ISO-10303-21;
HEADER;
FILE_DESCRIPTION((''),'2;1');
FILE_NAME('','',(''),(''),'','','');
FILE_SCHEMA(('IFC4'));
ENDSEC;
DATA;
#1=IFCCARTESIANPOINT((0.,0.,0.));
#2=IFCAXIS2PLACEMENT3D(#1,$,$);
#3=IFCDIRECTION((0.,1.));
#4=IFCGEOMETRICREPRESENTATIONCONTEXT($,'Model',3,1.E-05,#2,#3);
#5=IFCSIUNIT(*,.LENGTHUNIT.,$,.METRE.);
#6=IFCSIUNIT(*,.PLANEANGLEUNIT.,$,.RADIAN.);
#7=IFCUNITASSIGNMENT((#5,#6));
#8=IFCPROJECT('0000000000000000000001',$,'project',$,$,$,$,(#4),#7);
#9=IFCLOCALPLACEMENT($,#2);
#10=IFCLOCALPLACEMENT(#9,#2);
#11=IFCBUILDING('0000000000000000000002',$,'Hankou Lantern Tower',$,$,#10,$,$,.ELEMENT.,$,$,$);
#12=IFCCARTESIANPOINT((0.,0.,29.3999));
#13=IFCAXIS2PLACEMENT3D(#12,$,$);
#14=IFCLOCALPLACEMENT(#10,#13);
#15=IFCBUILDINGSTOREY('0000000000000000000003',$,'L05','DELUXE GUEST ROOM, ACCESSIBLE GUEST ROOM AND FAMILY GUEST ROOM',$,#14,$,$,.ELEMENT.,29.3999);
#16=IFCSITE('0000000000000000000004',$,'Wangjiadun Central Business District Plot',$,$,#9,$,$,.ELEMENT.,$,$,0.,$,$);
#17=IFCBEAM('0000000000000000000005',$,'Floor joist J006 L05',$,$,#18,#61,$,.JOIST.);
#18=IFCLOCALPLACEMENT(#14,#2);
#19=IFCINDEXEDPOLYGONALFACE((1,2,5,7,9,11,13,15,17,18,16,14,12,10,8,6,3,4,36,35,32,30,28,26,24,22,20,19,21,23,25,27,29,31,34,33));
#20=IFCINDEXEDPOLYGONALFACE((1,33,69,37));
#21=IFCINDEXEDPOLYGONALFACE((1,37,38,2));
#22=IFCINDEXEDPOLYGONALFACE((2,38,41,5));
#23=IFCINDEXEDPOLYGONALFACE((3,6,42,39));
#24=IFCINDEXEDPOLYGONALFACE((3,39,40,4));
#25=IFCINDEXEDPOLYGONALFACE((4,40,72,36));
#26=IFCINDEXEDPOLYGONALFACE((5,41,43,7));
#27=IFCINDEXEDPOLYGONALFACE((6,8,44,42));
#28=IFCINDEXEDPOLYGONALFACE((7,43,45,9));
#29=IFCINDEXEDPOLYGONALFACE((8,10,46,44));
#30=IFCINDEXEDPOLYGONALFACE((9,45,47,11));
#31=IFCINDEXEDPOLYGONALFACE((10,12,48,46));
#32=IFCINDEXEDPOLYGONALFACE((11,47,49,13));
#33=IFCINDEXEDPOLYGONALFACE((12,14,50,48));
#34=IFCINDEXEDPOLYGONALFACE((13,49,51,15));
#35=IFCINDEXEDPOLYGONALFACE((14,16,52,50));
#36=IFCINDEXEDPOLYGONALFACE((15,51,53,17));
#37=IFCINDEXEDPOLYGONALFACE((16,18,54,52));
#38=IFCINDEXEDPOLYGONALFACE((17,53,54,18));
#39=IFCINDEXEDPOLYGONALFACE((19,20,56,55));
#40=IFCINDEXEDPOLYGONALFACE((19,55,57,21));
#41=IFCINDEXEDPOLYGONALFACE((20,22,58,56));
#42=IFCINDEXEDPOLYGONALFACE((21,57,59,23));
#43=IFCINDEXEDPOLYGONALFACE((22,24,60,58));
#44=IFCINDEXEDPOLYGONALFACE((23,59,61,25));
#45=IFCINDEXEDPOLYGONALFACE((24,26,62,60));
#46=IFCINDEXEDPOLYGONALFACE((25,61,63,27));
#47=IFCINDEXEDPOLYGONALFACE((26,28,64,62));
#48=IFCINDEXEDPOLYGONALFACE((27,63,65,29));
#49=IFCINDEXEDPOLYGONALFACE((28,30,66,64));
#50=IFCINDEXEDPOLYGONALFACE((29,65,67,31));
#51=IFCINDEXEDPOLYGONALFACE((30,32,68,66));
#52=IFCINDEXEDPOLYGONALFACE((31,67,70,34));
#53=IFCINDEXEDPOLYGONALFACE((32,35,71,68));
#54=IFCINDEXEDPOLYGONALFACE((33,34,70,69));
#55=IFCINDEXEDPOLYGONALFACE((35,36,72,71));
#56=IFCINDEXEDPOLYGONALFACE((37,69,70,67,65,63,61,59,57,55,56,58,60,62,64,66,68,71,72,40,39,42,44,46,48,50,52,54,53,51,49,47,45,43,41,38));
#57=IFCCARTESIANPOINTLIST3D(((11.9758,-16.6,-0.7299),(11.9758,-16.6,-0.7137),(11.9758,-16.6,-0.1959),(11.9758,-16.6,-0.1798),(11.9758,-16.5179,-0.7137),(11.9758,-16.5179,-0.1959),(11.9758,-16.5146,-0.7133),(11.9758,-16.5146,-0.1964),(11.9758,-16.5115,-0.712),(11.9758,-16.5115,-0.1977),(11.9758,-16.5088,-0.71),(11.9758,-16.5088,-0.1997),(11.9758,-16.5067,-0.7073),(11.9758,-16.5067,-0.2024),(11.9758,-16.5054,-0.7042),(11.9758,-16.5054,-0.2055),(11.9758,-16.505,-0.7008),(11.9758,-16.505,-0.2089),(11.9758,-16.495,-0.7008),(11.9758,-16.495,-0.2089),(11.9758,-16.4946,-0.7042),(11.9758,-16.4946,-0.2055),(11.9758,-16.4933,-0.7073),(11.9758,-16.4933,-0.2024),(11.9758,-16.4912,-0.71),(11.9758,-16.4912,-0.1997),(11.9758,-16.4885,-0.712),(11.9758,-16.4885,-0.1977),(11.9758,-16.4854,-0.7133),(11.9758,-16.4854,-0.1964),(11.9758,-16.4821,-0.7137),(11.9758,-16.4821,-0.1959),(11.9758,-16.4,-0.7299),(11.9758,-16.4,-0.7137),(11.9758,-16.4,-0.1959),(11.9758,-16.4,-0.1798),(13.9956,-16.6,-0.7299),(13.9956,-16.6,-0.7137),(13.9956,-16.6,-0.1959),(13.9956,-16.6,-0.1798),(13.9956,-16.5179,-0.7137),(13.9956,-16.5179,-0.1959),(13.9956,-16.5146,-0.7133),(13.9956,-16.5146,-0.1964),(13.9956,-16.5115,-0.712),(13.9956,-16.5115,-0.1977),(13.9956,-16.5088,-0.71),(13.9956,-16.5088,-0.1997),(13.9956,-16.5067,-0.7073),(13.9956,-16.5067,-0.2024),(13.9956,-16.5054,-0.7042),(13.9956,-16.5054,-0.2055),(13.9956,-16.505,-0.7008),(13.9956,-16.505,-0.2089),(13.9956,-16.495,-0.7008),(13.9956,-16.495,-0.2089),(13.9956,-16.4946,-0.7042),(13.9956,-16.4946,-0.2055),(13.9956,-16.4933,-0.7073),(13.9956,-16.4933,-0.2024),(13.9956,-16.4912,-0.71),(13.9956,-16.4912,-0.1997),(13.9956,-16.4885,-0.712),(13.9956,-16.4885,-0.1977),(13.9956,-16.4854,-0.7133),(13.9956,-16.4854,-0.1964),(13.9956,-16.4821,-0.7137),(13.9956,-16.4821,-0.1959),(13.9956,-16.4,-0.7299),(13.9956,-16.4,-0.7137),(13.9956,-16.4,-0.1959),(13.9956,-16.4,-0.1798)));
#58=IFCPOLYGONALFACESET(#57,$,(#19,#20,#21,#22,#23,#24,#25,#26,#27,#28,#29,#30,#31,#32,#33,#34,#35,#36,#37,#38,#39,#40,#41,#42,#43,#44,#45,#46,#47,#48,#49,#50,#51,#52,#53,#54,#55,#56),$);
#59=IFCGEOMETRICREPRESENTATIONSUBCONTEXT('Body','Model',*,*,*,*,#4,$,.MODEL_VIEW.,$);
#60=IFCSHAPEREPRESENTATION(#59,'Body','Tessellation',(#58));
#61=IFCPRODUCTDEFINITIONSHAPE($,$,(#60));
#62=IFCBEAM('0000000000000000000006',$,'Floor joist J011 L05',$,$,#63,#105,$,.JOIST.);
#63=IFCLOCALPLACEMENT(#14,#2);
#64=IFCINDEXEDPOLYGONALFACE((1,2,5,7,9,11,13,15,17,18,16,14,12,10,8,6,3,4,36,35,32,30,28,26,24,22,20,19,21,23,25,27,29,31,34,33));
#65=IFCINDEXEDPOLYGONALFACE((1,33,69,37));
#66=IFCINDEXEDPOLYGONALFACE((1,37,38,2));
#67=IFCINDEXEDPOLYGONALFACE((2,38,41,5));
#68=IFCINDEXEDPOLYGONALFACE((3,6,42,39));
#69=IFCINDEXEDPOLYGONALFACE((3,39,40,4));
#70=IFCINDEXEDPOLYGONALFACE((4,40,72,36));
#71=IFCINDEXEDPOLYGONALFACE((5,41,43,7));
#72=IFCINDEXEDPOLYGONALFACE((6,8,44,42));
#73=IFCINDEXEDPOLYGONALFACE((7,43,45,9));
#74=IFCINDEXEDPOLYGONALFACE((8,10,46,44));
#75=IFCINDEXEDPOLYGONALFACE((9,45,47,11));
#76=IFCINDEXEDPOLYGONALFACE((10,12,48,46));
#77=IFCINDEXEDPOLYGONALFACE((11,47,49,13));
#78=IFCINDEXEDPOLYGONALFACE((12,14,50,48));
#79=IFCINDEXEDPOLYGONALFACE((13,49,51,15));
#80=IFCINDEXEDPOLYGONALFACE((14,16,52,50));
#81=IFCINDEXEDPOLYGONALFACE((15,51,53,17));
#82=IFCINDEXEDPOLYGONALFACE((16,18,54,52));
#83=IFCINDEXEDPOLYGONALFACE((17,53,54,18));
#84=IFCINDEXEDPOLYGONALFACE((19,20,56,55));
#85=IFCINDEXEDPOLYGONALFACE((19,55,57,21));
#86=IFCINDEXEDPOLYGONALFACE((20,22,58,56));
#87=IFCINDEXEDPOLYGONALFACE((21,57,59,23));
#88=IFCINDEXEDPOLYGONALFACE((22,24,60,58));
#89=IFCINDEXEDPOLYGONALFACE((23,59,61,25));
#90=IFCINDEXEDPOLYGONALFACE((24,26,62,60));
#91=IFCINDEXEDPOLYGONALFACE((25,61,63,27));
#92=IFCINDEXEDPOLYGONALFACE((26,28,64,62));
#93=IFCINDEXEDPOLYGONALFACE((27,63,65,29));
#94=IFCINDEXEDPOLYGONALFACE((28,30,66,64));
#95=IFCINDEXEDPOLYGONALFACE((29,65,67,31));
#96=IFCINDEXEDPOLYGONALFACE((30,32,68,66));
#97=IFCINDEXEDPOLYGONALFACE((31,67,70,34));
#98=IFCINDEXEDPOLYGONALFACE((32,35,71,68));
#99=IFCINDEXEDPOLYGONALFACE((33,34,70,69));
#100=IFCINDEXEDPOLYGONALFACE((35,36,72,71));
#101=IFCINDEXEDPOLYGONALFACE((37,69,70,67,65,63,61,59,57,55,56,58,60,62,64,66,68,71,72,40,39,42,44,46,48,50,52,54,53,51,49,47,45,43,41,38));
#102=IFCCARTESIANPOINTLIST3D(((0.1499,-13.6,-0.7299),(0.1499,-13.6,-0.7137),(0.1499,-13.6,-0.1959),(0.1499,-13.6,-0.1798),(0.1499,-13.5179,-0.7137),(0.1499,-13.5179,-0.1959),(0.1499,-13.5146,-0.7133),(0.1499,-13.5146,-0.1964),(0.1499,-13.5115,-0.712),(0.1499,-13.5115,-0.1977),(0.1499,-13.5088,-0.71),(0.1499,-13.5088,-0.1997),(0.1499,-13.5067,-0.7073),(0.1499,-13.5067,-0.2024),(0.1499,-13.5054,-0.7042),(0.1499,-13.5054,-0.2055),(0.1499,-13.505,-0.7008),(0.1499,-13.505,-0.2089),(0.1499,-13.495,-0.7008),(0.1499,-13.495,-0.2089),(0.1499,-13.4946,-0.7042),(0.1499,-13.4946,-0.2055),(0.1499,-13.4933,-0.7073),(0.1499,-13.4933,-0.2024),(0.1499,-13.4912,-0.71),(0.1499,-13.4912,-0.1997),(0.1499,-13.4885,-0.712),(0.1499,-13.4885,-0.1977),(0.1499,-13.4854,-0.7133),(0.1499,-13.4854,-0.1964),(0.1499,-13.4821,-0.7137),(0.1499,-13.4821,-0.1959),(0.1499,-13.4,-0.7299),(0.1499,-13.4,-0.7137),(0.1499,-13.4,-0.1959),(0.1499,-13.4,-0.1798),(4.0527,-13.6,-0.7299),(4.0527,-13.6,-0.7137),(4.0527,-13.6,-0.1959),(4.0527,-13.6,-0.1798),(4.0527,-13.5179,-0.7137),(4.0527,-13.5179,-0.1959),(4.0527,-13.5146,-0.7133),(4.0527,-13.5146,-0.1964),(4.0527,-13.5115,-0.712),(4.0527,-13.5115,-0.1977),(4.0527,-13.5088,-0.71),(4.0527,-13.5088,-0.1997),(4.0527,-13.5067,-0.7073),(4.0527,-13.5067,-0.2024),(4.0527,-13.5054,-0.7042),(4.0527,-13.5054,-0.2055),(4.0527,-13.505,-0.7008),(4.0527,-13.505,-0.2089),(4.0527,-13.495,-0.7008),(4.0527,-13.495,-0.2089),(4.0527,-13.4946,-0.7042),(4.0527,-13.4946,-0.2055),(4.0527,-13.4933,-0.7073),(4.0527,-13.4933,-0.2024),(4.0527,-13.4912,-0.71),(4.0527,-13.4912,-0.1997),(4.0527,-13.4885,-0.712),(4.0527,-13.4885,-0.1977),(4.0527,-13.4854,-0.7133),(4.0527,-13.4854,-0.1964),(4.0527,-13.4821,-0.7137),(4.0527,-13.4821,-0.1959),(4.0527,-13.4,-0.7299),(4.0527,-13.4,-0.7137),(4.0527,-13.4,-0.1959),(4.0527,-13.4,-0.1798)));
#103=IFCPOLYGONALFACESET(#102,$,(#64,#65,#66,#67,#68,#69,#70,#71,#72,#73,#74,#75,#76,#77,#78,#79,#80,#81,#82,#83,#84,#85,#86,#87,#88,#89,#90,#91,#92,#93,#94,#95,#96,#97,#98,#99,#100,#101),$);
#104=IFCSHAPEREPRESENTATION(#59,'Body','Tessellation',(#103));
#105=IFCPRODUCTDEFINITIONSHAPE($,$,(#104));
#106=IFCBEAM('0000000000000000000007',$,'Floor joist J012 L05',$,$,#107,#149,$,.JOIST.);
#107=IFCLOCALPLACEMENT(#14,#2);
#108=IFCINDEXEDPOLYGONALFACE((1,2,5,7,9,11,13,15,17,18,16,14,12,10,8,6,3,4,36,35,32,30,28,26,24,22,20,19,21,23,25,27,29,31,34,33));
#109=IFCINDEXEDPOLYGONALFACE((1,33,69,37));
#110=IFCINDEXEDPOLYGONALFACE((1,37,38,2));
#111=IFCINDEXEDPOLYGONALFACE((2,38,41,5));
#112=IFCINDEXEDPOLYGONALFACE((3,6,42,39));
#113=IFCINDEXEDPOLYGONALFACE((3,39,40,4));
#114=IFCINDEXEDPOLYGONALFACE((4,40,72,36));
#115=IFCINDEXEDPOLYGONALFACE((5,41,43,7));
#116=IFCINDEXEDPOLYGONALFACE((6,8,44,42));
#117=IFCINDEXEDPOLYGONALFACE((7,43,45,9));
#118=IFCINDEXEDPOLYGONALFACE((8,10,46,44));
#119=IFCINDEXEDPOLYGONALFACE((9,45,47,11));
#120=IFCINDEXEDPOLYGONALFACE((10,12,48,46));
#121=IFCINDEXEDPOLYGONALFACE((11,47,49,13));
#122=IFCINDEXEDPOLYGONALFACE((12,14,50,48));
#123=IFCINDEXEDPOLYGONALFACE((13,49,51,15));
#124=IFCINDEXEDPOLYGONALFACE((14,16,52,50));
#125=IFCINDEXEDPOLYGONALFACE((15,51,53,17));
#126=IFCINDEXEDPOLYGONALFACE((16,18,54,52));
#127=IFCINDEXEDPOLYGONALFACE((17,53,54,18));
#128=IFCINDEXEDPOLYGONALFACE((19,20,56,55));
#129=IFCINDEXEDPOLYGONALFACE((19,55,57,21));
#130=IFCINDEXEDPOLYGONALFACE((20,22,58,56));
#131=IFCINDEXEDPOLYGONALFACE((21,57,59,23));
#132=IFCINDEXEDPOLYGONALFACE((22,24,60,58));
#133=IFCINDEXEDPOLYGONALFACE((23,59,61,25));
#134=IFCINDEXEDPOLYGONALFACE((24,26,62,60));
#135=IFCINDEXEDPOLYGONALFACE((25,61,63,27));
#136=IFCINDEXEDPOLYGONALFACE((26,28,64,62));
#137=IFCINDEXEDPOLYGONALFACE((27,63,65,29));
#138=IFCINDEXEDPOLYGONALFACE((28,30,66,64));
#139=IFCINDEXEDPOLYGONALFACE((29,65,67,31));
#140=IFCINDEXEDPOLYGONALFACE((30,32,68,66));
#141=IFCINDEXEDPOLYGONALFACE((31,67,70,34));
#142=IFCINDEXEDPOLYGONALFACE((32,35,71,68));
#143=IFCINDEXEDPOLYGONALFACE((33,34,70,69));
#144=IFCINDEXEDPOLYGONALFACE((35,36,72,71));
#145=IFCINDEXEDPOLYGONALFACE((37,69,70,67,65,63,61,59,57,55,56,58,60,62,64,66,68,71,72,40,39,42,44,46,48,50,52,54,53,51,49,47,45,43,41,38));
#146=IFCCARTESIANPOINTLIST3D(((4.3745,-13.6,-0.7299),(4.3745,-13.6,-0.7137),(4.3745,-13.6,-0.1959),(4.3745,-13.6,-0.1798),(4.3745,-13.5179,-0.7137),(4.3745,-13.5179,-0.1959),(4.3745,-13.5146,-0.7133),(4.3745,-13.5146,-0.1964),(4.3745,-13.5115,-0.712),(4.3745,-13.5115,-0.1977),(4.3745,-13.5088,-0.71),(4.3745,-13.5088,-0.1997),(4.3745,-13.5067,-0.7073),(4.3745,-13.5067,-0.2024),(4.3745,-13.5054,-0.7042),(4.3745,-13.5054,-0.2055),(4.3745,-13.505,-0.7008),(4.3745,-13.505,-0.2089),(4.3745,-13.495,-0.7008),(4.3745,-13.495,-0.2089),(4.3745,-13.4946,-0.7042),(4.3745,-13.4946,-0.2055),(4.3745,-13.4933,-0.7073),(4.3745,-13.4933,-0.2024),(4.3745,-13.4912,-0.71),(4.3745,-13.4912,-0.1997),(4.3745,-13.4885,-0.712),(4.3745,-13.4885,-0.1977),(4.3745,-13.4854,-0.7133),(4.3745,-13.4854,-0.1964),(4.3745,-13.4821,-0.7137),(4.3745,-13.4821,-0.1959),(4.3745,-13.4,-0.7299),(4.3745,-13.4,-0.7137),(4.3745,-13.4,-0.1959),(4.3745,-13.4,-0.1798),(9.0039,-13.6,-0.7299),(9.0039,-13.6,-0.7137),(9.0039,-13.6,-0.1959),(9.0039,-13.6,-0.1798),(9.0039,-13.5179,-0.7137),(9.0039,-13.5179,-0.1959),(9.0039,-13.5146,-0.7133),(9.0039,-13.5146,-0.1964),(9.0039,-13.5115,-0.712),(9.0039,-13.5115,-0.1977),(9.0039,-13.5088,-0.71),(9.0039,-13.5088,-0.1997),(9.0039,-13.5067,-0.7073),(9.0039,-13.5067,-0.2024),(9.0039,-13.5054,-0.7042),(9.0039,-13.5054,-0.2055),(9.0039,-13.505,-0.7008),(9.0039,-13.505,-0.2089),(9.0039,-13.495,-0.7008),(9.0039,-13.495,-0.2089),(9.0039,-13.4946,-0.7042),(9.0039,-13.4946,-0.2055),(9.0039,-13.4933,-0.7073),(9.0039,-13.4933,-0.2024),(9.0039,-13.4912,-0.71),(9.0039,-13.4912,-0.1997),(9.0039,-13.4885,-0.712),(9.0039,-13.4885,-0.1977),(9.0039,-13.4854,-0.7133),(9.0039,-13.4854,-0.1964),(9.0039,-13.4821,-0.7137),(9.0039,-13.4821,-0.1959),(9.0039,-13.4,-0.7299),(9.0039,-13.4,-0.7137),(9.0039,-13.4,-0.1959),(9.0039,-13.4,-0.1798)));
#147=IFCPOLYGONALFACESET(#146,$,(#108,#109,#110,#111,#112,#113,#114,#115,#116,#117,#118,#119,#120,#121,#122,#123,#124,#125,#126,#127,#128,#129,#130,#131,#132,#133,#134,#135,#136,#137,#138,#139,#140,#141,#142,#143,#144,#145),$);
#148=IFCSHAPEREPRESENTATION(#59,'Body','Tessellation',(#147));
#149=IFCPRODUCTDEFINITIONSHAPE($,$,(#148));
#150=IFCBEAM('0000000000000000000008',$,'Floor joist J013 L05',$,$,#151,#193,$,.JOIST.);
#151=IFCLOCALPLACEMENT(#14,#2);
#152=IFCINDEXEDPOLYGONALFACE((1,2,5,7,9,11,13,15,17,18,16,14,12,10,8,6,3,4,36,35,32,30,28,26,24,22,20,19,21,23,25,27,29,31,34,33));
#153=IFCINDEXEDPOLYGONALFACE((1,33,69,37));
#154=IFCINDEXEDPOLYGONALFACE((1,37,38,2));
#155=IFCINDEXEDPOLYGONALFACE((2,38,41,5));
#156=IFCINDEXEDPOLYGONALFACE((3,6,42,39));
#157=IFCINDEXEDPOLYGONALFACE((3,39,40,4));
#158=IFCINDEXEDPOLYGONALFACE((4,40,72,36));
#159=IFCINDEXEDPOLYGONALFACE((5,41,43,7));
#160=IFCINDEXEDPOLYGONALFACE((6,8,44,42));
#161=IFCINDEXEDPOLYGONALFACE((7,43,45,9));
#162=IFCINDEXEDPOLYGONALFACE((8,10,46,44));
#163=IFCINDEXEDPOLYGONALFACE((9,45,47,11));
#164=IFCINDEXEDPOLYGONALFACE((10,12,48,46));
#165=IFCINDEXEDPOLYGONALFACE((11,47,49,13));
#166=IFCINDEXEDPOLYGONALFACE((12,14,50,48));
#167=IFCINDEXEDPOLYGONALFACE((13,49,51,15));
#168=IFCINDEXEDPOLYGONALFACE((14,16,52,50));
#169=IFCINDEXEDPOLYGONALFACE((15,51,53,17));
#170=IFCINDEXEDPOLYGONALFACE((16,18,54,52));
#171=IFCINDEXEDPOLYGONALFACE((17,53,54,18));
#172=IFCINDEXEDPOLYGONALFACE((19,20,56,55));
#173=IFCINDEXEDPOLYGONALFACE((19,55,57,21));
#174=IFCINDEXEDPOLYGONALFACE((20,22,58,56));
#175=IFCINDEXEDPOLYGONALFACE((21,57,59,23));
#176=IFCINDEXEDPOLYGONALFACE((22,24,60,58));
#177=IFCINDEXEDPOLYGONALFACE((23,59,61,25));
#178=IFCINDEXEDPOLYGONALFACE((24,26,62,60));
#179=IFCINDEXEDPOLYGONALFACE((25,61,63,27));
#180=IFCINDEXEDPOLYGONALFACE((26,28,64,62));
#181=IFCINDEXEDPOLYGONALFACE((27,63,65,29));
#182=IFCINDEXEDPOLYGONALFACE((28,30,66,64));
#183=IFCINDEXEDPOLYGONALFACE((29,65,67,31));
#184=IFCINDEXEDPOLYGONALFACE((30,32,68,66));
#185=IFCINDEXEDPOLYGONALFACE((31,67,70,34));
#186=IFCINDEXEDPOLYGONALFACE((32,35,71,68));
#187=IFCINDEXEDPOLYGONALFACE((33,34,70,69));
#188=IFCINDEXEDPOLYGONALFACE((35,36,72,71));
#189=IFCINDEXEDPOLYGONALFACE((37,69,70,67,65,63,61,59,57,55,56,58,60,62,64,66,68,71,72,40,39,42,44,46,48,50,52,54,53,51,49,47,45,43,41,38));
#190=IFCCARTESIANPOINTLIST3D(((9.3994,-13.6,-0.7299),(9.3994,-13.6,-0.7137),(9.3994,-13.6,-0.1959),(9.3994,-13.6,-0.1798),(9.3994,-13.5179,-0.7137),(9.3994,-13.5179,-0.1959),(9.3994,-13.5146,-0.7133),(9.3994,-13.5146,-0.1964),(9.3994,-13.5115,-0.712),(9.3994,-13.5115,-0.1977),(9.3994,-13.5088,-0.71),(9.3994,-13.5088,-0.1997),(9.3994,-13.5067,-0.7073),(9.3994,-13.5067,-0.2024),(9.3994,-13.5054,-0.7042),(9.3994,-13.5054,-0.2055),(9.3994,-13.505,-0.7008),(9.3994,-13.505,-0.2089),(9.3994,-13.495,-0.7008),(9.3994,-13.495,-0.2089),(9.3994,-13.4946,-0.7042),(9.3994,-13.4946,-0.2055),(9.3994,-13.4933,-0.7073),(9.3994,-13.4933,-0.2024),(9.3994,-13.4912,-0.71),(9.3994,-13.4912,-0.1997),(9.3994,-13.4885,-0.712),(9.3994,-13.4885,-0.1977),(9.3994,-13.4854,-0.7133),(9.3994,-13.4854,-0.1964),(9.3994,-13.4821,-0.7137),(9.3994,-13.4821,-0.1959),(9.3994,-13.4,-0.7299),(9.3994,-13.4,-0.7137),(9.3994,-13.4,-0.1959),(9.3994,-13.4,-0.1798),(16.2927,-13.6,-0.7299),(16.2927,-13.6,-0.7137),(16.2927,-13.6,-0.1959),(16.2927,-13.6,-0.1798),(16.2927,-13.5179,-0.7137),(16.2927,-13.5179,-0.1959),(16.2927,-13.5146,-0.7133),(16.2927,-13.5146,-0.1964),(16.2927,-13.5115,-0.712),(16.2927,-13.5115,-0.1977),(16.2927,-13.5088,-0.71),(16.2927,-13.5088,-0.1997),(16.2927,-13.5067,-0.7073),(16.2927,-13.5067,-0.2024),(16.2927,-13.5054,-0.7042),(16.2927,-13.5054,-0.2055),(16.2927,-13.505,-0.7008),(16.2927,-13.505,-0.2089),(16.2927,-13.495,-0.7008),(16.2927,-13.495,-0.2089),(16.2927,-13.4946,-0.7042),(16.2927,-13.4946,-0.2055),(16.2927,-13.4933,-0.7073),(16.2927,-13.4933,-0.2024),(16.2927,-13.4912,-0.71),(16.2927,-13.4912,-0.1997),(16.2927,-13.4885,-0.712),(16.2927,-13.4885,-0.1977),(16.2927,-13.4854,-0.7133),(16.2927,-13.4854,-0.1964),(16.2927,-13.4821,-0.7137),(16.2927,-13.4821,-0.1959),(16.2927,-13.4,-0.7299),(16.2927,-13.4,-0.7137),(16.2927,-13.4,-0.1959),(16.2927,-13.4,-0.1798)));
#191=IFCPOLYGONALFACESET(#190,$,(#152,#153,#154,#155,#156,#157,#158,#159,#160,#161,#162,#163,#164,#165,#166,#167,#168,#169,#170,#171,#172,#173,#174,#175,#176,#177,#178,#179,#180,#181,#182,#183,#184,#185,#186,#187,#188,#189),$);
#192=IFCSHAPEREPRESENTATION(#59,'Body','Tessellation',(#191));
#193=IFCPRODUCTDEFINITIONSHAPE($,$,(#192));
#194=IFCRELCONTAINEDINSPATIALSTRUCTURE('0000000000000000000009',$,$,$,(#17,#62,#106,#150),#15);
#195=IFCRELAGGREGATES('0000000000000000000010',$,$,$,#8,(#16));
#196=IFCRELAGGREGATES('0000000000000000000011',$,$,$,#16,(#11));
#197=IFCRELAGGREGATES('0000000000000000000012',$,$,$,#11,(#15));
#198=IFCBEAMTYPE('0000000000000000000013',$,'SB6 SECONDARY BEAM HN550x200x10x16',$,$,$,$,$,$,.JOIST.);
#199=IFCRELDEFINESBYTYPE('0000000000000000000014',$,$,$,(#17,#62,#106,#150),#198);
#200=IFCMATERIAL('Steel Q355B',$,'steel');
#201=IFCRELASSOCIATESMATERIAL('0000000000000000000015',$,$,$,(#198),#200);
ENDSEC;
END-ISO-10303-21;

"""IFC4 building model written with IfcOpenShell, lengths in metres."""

from ifc_helpers import new_model, si_unit, direction, frame, origin, origin_2d, place, context, subcontext, project, spatial, i_section, extrude, material, material_profile, profile_set, type_object, element, save


model = new_model("IFC4")

# Units and contexts
model_context = context("Model", 3, precision=1e-05, world=origin(), true_north=direction((0.0, 1.0)))
body_context = subcontext(model_context, "Body", "Model", "MODEL_VIEW")
ifc_project = project(units=[si_unit("LENGTHUNIT", "METRE"), si_unit("PLANEANGLEUNIT", "RADIAN")], contexts=[model_context])

# Site, building, storey
site_placement = place(None, origin())
site = spatial("IfcSite", under=ifc_project, at=site_placement, Name="Wangjiadun Central Business District Plot", CompositionType="ELEMENT", RefElevation=0.0)
building_placement = place(site_placement, origin())
building = spatial("IfcBuilding", under=site, at=building_placement, Name="Hankou Lantern Tower", CompositionType="ELEMENT")
storey_placement = place(building_placement, frame((0.0, 0.0, 29.3999)))
storey = spatial("IfcBuildingStorey", under=building, at=storey_placement, Name="L05", Description="DELUXE GUEST ROOM, ACCESSIBLE GUEST ROOM AND FAMILY GUEST ROOM", CompositionType="ELEMENT", Elevation=29.3999)

# Beams
ifc_material_1 = material(Name="Steel Q355B", Category="steel")
ifc_material_profile_1 = material_profile(ifc_material_1, i_section(OverallWidth=0.2, OverallDepth=0.55, WebThickness=0.01, FlangeThickness=0.0161, FilletRadius=0.0129, at=origin_2d()), Name="HN550x200x10x16")
ifc_profile_set_1 = profile_set([ifc_material_profile_1], Name="Steel Q355B")
beam_type_1 = type_object("IfcBeamType", Name="SB6 SECONDARY BEAM HN550x200x10x16", PredefinedType="JOIST", material=ifc_profile_set_1)
beam_1_placement = place(storey_placement, frame((11.9758, -16.5, -0.4548), z_axis=(1.0, 0.0, 0.0), x_axis=(0.0, 1.0, 0.0)))
element("IfcBeam", 1, at=beam_1_placement, inside=storey, type_object=beam_type_1, Name="Floor joist J006 L05", PredefinedType="JOIST", context=body_context, shape_type="SweptSolid", body=[
    extrude(i_section(OverallWidth=0.2, OverallDepth=0.55, WebThickness=0.01, FlangeThickness=0.0161, FilletRadius=0.0129, at=origin_2d()), origin(), (0.0, 0.0, 1.0), 2.0198),
])
beam_2_placement = place(storey_placement, frame((0.1499, -13.5, -0.4548), z_axis=(1.0, 0.0, 0.0), x_axis=(0.0, 1.0, 0.0)))
element("IfcBeam", 2, at=beam_2_placement, inside=storey, type_object=beam_type_1, Name="Floor joist J011 L05", PredefinedType="JOIST", context=body_context, shape_type="SweptSolid", body=[
    extrude(i_section(OverallWidth=0.2, OverallDepth=0.55, WebThickness=0.01, FlangeThickness=0.0161, FilletRadius=0.0129, at=origin_2d()), origin(), (0.0, 0.0, 1.0), 3.9028),
])
beam_3_placement = place(storey_placement, frame((4.3745, -13.5, -0.4548), z_axis=(1.0, 0.0, 0.0), x_axis=(0.0, 1.0, 0.0)))
element("IfcBeam", 3, at=beam_3_placement, inside=storey, type_object=beam_type_1, Name="Floor joist J012 L05", PredefinedType="JOIST", context=body_context, shape_type="SweptSolid", body=[
    extrude(i_section(OverallWidth=0.2, OverallDepth=0.55, WebThickness=0.01, FlangeThickness=0.0161, FilletRadius=0.0129, at=origin_2d()), origin(), (0.0, 0.0, 1.0), 4.6294),
])
beam_4_placement = place(storey_placement, frame((9.3994, -13.5, -0.4548), z_axis=(1.0, 0.0, 0.0), x_axis=(0.0, 1.0, 0.0)))
element("IfcBeam", 4, at=beam_4_placement, inside=storey, type_object=beam_type_1, Name="Floor joist J013 L05", PredefinedType="JOIST", context=body_context, shape_type="SweptSolid", body=[
    extrude(i_section(OverallWidth=0.2, OverallDepth=0.55, WebThickness=0.01, FlangeThickness=0.0161, FilletRadius=0.0129, at=origin_2d()), origin(), (0.0, 0.0, 1.0), 6.8933),
])

save(model, "model.ifc")
